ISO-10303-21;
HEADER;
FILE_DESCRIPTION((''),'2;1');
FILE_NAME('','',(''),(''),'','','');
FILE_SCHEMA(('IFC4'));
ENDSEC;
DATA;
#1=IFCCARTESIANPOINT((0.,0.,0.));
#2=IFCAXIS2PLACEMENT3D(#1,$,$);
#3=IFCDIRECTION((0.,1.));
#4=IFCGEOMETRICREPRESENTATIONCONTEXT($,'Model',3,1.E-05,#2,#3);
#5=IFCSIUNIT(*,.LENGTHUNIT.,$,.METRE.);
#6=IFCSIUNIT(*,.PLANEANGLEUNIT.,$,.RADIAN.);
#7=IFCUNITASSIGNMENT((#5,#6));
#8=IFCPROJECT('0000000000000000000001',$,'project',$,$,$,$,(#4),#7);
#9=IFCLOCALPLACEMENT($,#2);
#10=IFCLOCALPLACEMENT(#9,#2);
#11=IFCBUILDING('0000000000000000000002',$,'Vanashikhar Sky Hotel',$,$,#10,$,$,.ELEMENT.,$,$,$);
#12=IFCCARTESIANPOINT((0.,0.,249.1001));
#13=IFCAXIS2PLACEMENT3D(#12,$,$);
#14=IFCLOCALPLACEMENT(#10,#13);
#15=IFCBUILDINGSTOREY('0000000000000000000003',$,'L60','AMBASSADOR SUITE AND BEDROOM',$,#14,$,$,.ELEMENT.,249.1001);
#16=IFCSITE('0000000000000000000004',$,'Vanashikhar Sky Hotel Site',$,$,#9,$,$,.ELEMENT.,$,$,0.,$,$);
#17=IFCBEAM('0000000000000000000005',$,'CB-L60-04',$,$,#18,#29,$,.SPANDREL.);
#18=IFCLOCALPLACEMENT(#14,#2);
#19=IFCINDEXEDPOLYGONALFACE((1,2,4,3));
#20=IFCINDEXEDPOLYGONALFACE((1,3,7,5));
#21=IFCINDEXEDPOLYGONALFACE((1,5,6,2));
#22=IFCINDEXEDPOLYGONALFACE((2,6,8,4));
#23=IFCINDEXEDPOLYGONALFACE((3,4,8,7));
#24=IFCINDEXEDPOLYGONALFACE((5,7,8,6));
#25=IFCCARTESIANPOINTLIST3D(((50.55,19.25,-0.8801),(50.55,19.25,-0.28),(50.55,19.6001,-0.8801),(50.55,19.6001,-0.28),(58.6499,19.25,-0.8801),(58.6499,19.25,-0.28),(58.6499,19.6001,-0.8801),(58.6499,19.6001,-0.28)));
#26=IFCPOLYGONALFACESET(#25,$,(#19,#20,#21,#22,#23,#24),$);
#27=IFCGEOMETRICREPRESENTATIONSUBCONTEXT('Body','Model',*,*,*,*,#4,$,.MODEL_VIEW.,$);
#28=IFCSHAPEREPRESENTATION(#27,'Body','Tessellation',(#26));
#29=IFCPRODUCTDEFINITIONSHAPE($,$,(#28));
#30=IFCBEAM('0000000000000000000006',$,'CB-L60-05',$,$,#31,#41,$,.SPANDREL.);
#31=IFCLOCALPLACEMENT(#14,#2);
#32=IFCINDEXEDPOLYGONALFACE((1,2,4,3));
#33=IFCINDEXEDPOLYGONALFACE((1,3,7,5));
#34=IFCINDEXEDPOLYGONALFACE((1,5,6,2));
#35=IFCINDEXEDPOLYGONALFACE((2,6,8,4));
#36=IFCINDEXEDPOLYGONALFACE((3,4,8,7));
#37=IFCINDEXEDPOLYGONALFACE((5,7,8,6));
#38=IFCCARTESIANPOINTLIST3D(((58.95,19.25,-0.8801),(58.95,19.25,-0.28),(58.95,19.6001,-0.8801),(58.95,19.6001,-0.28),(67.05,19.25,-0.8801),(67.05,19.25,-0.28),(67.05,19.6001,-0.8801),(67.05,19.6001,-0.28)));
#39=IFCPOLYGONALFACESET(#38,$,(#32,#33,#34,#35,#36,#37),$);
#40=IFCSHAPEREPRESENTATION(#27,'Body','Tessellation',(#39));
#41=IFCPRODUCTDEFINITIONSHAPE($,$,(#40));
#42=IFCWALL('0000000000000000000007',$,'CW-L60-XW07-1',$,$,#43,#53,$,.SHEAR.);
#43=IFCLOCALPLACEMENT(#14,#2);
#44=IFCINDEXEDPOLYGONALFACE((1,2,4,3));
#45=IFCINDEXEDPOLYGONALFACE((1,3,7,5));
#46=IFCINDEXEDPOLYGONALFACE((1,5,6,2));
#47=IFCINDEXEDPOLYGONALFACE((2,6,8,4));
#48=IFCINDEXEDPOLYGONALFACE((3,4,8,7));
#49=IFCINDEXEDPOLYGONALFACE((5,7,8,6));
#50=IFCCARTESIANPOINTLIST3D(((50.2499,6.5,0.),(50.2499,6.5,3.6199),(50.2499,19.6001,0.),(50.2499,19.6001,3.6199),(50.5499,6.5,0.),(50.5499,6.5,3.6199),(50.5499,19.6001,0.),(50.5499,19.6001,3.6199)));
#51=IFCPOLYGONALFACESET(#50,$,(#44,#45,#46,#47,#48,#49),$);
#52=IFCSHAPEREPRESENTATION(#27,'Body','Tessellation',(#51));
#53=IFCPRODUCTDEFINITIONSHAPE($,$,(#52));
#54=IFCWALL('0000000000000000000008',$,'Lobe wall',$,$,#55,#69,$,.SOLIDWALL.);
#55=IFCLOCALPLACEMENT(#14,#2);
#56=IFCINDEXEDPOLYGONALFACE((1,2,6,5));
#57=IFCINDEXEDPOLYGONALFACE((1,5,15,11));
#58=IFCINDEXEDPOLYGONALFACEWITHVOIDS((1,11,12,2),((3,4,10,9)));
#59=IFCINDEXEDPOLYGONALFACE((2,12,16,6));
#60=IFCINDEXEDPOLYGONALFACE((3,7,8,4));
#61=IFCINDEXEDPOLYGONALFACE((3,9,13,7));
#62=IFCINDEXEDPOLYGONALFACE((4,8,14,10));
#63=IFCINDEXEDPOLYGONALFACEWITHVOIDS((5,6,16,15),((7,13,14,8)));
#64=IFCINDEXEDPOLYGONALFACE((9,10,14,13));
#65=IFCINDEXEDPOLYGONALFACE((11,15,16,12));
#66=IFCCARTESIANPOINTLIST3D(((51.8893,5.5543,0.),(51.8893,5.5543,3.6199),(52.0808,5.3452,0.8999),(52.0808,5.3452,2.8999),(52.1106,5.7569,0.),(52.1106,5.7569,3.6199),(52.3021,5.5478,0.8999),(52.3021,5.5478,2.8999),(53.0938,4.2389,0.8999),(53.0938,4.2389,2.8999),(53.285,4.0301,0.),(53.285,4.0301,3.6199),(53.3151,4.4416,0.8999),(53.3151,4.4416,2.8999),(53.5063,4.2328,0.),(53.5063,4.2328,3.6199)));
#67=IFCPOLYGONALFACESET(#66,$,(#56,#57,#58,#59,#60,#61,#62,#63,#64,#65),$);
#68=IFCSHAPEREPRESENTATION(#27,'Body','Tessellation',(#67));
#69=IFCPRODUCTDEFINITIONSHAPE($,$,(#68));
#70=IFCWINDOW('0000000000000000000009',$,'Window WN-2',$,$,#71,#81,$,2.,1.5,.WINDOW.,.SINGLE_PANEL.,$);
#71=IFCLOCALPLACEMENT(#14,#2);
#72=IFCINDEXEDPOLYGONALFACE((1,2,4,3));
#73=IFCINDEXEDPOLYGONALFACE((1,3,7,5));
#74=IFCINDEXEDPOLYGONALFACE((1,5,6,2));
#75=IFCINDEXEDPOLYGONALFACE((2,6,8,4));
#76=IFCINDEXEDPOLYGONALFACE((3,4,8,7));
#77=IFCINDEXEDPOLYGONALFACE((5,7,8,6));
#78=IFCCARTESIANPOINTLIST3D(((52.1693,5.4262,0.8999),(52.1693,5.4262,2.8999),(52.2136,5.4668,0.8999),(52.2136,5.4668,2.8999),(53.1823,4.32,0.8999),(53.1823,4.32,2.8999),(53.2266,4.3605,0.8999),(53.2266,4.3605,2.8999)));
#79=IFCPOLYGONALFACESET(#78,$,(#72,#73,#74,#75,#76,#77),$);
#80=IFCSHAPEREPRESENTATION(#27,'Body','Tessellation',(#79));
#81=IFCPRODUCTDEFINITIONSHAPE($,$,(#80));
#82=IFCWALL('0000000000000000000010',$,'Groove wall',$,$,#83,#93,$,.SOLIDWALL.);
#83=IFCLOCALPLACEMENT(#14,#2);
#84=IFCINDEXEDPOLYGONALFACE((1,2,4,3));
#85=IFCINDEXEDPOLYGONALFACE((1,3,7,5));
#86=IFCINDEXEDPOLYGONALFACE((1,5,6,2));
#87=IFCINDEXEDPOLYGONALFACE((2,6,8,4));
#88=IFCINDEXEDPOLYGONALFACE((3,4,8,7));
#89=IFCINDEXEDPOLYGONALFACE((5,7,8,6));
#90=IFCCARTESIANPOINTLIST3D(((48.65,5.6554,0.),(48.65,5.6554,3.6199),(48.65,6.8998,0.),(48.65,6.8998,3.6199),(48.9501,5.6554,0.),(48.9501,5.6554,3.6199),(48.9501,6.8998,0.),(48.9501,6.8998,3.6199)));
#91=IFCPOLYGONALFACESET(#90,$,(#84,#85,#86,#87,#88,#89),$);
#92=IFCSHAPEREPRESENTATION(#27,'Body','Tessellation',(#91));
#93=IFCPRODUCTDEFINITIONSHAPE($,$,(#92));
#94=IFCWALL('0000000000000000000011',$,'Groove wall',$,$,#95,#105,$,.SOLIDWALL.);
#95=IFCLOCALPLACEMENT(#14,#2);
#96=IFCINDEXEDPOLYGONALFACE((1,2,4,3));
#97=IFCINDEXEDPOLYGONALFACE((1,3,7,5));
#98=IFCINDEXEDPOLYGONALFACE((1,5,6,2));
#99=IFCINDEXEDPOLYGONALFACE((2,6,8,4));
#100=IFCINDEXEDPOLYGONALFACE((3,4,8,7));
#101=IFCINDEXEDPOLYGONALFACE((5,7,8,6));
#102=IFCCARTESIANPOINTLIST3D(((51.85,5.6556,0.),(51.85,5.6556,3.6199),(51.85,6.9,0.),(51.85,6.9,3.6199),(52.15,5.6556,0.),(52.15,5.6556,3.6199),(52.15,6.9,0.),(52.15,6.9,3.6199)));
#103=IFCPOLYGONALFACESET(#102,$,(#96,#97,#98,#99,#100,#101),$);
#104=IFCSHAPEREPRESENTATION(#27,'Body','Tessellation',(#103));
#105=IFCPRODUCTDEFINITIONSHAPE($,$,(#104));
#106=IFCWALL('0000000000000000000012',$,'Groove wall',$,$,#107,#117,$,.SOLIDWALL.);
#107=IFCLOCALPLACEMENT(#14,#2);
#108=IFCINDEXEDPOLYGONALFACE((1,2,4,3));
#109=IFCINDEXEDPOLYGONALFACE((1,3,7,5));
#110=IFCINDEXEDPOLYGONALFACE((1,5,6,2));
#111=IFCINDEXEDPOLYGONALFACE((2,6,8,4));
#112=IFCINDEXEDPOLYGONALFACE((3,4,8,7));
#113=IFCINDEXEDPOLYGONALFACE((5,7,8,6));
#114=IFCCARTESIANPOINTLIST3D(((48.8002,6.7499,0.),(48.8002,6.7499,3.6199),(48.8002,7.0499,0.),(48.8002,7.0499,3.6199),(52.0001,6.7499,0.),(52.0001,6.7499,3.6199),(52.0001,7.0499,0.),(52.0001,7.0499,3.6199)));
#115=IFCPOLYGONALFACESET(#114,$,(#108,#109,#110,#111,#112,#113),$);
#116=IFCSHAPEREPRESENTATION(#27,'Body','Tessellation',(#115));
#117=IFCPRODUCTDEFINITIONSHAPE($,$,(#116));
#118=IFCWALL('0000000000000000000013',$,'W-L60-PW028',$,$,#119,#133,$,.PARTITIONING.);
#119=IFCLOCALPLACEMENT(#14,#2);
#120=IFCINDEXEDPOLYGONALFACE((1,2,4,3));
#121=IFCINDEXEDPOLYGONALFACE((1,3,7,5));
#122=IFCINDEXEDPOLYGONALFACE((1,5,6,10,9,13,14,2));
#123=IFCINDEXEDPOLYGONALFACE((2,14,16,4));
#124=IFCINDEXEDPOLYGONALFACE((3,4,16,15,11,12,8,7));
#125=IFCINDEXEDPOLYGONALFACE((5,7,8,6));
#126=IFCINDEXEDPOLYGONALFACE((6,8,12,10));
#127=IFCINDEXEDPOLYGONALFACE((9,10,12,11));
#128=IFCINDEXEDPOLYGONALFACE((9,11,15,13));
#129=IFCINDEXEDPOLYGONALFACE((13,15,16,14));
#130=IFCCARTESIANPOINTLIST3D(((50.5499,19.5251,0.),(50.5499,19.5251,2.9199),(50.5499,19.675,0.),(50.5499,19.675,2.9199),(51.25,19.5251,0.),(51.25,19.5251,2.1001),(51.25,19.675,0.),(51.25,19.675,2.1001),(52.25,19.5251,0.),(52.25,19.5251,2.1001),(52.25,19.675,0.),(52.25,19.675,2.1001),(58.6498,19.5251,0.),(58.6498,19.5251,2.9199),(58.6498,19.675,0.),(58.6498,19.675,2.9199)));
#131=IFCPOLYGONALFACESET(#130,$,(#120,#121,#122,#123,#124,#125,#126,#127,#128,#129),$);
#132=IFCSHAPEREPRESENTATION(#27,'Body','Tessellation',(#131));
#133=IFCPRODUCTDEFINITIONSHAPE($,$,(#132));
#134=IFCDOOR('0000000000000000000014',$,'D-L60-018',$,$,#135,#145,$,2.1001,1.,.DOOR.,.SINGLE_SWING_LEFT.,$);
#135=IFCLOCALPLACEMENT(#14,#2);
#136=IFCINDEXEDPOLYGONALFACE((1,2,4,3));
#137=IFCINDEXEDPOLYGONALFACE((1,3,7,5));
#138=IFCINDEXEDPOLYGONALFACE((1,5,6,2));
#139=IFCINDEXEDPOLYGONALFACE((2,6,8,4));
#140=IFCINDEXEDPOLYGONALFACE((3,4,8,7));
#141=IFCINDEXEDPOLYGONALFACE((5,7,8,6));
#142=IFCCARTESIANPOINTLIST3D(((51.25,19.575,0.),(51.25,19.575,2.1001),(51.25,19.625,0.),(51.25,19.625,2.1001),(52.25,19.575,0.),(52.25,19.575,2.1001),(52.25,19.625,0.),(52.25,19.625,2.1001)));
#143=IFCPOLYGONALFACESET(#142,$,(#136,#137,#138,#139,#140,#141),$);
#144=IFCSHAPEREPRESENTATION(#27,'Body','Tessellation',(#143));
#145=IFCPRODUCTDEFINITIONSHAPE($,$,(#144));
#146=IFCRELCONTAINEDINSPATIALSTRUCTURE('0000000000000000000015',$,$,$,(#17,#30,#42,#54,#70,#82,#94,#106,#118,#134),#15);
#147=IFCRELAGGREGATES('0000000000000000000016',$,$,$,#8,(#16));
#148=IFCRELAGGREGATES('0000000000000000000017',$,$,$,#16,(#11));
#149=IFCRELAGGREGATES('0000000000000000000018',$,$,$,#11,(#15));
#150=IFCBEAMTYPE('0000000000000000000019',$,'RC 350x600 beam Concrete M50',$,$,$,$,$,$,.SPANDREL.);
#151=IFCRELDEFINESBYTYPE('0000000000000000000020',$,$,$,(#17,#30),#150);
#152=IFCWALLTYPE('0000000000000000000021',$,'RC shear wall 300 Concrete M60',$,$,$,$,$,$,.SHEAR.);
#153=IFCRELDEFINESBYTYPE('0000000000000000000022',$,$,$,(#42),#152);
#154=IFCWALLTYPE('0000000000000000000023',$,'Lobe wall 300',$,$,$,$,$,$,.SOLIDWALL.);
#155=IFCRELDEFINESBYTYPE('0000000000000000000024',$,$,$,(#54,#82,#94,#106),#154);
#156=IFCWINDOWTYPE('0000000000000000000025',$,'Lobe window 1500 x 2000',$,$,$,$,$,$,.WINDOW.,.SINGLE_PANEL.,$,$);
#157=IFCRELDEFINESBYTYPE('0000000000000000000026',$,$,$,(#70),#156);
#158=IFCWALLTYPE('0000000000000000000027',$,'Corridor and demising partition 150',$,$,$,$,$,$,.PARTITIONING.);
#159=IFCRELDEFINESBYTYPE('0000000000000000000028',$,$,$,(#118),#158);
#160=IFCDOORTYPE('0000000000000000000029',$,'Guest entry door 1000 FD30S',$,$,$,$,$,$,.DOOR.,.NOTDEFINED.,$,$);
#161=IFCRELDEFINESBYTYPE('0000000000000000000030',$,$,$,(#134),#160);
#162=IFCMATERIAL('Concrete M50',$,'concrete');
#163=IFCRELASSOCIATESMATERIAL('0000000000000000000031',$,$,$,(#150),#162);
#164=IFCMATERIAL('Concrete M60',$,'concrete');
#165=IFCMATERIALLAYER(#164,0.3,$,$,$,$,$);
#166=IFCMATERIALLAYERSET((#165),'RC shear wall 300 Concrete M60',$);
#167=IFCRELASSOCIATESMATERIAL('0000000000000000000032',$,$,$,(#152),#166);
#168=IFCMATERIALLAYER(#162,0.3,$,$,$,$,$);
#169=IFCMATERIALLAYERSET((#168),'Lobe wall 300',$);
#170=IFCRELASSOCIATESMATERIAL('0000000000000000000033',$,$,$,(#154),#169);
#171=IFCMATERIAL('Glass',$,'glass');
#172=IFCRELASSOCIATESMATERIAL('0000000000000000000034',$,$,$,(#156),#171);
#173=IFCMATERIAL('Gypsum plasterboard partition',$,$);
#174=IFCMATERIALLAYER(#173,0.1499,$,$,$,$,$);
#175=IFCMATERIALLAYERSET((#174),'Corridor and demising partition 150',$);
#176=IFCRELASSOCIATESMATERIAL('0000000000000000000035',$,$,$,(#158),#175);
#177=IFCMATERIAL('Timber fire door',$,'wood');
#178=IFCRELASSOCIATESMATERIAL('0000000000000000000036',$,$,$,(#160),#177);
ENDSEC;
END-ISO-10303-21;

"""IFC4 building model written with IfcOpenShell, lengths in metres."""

from ifc_helpers import new_model, si_unit, direction, frame, frame_2d, origin, origin_2d, place, context, subcontext, project, spatial, rectangle, extrude, source, transform, mapped, material, layer, layer_set, material_profile, profile_set, type_object, element, fill, save


model = new_model("IFC4")

# Units and contexts
model_context = context("Model", 3, precision=1e-05, world=origin(), true_north=direction((0.0, 1.0)))
body_context = subcontext(model_context, "Body", "Model", "MODEL_VIEW")
ifc_project = project(units=[si_unit("LENGTHUNIT", "METRE"), si_unit("PLANEANGLEUNIT", "RADIAN")], contexts=[model_context])

# Site, building, storey
site_placement = place(None, origin())
site = spatial("IfcSite", under=ifc_project, at=site_placement, Name="Vanashikhar Sky Hotel Site", CompositionType="ELEMENT", RefElevation=0.0)
building_placement = place(site_placement, origin())
building = spatial("IfcBuilding", under=site, at=building_placement, Name="Vanashikhar Sky Hotel", CompositionType="ELEMENT")
storey_placement = place(building_placement, frame((0.0, 0.0, 249.1001)))
storey = spatial("IfcBuildingStorey", under=building, at=storey_placement, Name="L60", Description="AMBASSADOR SUITE AND BEDROOM", CompositionType="ELEMENT", Elevation=249.1001)

# Beams
ifc_material_1 = material(Name="Concrete M50", Category="concrete")
ifc_material_profile = material_profile(ifc_material_1, rectangle(XDim=0.3501, YDim=0.6001, at=origin_2d()))
ifc_profile_set = profile_set([ifc_material_profile], Name="RC 350x600 beam Concrete M50")
beam_type = type_object("IfcBeamType", Name="RC 350x600 beam Concrete M50", PredefinedType="SPANDREL", material=ifc_profile_set)
shared_shape_1 = source(origin(), body_context, "Body", "SweptSolid", [
    extrude(rectangle(XDim=0.3501, YDim=0.6001, at=origin_2d()), origin(), (0.0, 0.0, 1.0), 8.0999),
])
beam_1_placement = place(storey_placement, frame((50.55, 19.425, -0.5801), z_axis=(1.0, 0.0, 0.0), x_axis=(0.0, 1.0, 0.0)))
element("IfcBeam", 1, at=beam_1_placement, inside=storey, type_object=beam_type, Name="CB-L60-04", PredefinedType="SPANDREL", context=body_context, shape_type="MappedRepresentation", body=[
    mapped(shared_shape_1, transform((0.0, 0.0, 0.0), scale=1.0)),
])
shared_shape_2 = source(origin(), body_context, "Body", "SweptSolid", [
    extrude(rectangle(XDim=0.3501, YDim=0.6001, at=origin_2d()), origin(), (0.0, 0.0, 1.0), 8.1001),
])
beam_2_placement = place(storey_placement, frame((58.95, 19.425, -0.5801), z_axis=(1.0, 0.0, 0.0), x_axis=(0.0, 1.0, 0.0)))
element("IfcBeam", 2, at=beam_2_placement, inside=storey, type_object=beam_type, Name="CB-L60-05", PredefinedType="SPANDREL", context=body_context, shape_type="MappedRepresentation", body=[
    mapped(shared_shape_2, transform((0.0, 0.0, 0.0), scale=1.0)),
])

# Wall
ifc_material_2 = material(Name="Concrete M60", Category="concrete")
ifc_layer_1 = layer(ifc_material_2, 0.3)
ifc_layer_set_1 = layer_set([ifc_layer_1], Name="RC shear wall 300 Concrete M60")
wall_type_1 = type_object("IfcWallType", Name="RC shear wall 300 Concrete M60", PredefinedType="SHEAR", material=ifc_layer_set_1)
shared_shape_3 = source(origin(), body_context, "Body", "SweptSolid", [
    extrude(rectangle(XDim=13.1001, YDim=0.3, at=frame_2d((6.55, 0.0))), origin(), (0.0, 0.0, 1.0), 3.6199),
])
wall_1_placement = place(storey_placement, frame((50.3999, 6.5, 0.0), z_axis=(0.0, 0.0, 1.0), x_axis=(0.0, 1.0, 0.0)))
element("IfcWall", 3, at=wall_1_placement, inside=storey, type_object=wall_type_1, Name="CW-L60-XW07-1", PredefinedType="SHEAR", context=body_context, shape_type="MappedRepresentation", body=[
    mapped(shared_shape_3, transform((0.0, 0.0, 0.0), scale=1.0)),
])

# Wall, opening, window
ifc_layer_2 = layer(ifc_material_1, 0.3)
ifc_layer_set_2 = layer_set([ifc_layer_2], Name="Lobe wall 300")
wall_type_2 = type_object("IfcWallType", Name="Lobe wall 300", PredefinedType="SOLIDWALL", material=ifc_layer_set_2)
shared_shape_4 = source(origin(), body_context, "Body", "SweptSolid", [
    extrude(rectangle(XDim=2.0667, YDim=0.3, at=frame_2d((1.0332, 0.0))), origin(), (0.0, 0.0, 1.0), 3.6199),
])
wall_2_placement = place(storey_placement, frame((52.0, 5.6555, 0.0), z_axis=(0.0, 0.0, 1.0), x_axis=(0.675355, -0.737492, 0.0)))
wall_2 = element("IfcWall", 4, at=wall_2_placement, inside=storey, type_object=wall_type_2, Name="Lobe wall", PredefinedType="SOLIDWALL", context=body_context, shape_type="MappedRepresentation", body=[
    mapped(shared_shape_4, transform((0.0, 0.0, 0.0), scale=1.0)),
])
shared_shape_5 = source(origin(), body_context, "Body", "SweptSolid", [
    extrude(rectangle(XDim=1.5, YDim=2.0, at=frame_2d((0.75, 1.0))), frame((0.0, 0.1602, 0.0), z_axis=(0.0, -1.0, 0.0), x_axis=(1.0, 0.0, 0.0)), (0.0, 0.0, 1.0), 0.3201),
])
opening_1_placement = place(wall_2_placement, frame((0.2834, 0.0, 0.8999)))
opening_1 = element("IfcOpeningElement", 5, at=opening_1_placement, cuts=wall_2, PredefinedType="OPENING", context=body_context, shape_type="MappedRepresentation", body=[
    mapped(shared_shape_5, transform((0.0, 0.0, 0.0), scale=1.0)),
])
ifc_material_3 = material(Name="Glass", Category="glass")
window_type = type_object("IfcWindowType", Name="Lobe window 1500 x 2000", PartitioningType="SINGLE_PANEL", PredefinedType="WINDOW", material=ifc_material_3)
shared_shape_6 = source(origin(), body_context, "Body", "SweptSolid", [
    extrude(rectangle(XDim=1.5, YDim=2.0, at=frame_2d((0.75, 1.0))), frame((0.0, 0.03, 0.0), z_axis=(0.0, -1.0, 0.0), x_axis=(1.0, 0.0, 0.0)), (0.0, 0.0, 1.0), 0.0601),
])
window_placement = place(opening_1_placement, origin())
window = element("IfcWindow", 6, at=window_placement, inside=storey, type_object=window_type, Name="Window WN-2", OverallHeight=2.0, OverallWidth=1.5, PartitioningType="SINGLE_PANEL", PredefinedType="WINDOW", context=body_context, shape_type="MappedRepresentation", body=[
    mapped(shared_shape_6, transform((0.0, 0.0, 0.0), scale=1.0)),
])
fill(opening_1, window)

# Walls
shared_shape_7 = source(origin(), body_context, "Body", "SweptSolid", [
    extrude(rectangle(XDim=1.2444, YDim=0.3, at=frame_2d((0.6221, 0.0))), origin(), (0.0, 0.0, 1.0), 3.6199),
])
for number, where, z_axis, x_axis, name in (
    (7, (48.8, 5.6555, 0.0), (0.0, 0.0, 1.0), (0.0, 1.0, 0.0), "Groove wall"),
    (8, (52.0, 6.8999, 0.0), (0.0, 0.0, 1.0), (0.0, -1.0, 0.0), "Groove wall"),
):
    element("IfcWall", number, at=place(storey_placement, frame(where, z_axis=z_axis, x_axis=x_axis)), inside=storey, type_object=wall_type_2, Name=name, PredefinedType="SOLIDWALL", context=body_context, shape_type="MappedRepresentation", body=[
        mapped(shared_shape_7, transform((0.0, 0.0, 0.0), scale=1.0)),
    ])
shared_shape_8 = source(origin(), body_context, "Body", "SweptSolid", [
    extrude(rectangle(XDim=3.2, YDim=0.3, at=frame_2d((1.6001, 0.0))), origin(), (0.0, 0.0, 1.0), 3.6199),
])
wall_3_placement = place(storey_placement, frame((48.8, 6.8999, 0.0), z_axis=(0.0, 0.0, 1.0), x_axis=(1.0, 0.0, 0.0)))
element("IfcWall", 9, at=wall_3_placement, inside=storey, type_object=wall_type_2, Name="Groove wall", PredefinedType="SOLIDWALL", context=body_context, shape_type="MappedRepresentation", body=[
    mapped(shared_shape_8, transform((0.0, 0.0, 0.0), scale=1.0)),
])

# Wall, opening, door
ifc_material_4 = material(Name="Gypsum plasterboard partition")
ifc_layer_3 = layer(ifc_material_4, 0.1499)
ifc_layer_set_3 = layer_set([ifc_layer_3], Name="Corridor and demising partition 150")
wall_type_3 = type_object("IfcWallType", Name="Corridor and demising partition 150", PredefinedType="PARTITIONING", material=ifc_layer_set_3)
shared_shape_9 = source(origin(), body_context, "Body", "SweptSolid", [
    extrude(rectangle(XDim=8.0999, YDim=0.1499, at=frame_2d((4.0498, 0.0))), origin(), (0.0, 0.0, 1.0), 2.9199),
])
wall_4_placement = place(storey_placement, frame((50.55, 19.6001, 0.0), z_axis=(0.0, 0.0, 1.0), x_axis=(1.0, 0.0, 0.0)))
wall_4 = element("IfcWall", 10, at=wall_4_placement, inside=storey, type_object=wall_type_3, Name="W-L60-PW028", PredefinedType="PARTITIONING", context=body_context, shape_type="MappedRepresentation", body=[
    mapped(shared_shape_9, transform((0.0, 0.0, 0.0), scale=1.0)),
])
shared_shape_10 = source(origin(), body_context, "Body", "SweptSolid", [
    extrude(rectangle(XDim=1.0, YDim=2.1001, at=frame_2d((0.5, 1.05))), frame((0.0, 0.085, 0.0), z_axis=(0.0, -1.0, 0.0), x_axis=(1.0, 0.0, 0.0)), (0.0, 0.0, 1.0), 0.1699),
])
opening_2_placement = place(wall_4_placement, frame((0.7, 0.0, 0.0)))
opening_2 = element("IfcOpeningElement", 11, at=opening_2_placement, cuts=wall_4, PredefinedType="OPENING", context=body_context, shape_type="MappedRepresentation", body=[
    mapped(shared_shape_10, transform((0.0, 0.0, 0.0), scale=1.0)),
])
ifc_material_5 = material(Name="Timber fire door", Category="wood")
door_type_1 = type_object("IfcDoorType", Name="Guest entry door 1000 FD30S", OperationType="NOTDEFINED", PredefinedType="DOOR", material=ifc_material_5)
shared_shape_11 = source(origin(), body_context, "Body", "SweptSolid", [
    extrude(rectangle(XDim=1.0, YDim=2.1001, at=frame_2d((0.5, 1.05))), frame((0.0, 0.0249, 0.0), z_axis=(0.0, -1.0, 0.0), x_axis=(1.0, 0.0, 0.0)), (0.0, 0.0, 1.0), 0.05),
])
door_1_placement = place(opening_2_placement, origin())
door_1 = element("IfcDoor", 12, at=door_1_placement, inside=storey, type_object=door_type_1, Name="D-L60-018", OperationType="SINGLE_SWING_LEFT", OverallHeight=2.1001, OverallWidth=1.0, PredefinedType="DOOR", context=body_context, shape_type="MappedRepresentation", body=[
    mapped(shared_shape_11, transform((0.0, 0.0, 0.0), scale=1.0)),
])
fill(opening_2, door_1)

save(model, "model.ifc")
